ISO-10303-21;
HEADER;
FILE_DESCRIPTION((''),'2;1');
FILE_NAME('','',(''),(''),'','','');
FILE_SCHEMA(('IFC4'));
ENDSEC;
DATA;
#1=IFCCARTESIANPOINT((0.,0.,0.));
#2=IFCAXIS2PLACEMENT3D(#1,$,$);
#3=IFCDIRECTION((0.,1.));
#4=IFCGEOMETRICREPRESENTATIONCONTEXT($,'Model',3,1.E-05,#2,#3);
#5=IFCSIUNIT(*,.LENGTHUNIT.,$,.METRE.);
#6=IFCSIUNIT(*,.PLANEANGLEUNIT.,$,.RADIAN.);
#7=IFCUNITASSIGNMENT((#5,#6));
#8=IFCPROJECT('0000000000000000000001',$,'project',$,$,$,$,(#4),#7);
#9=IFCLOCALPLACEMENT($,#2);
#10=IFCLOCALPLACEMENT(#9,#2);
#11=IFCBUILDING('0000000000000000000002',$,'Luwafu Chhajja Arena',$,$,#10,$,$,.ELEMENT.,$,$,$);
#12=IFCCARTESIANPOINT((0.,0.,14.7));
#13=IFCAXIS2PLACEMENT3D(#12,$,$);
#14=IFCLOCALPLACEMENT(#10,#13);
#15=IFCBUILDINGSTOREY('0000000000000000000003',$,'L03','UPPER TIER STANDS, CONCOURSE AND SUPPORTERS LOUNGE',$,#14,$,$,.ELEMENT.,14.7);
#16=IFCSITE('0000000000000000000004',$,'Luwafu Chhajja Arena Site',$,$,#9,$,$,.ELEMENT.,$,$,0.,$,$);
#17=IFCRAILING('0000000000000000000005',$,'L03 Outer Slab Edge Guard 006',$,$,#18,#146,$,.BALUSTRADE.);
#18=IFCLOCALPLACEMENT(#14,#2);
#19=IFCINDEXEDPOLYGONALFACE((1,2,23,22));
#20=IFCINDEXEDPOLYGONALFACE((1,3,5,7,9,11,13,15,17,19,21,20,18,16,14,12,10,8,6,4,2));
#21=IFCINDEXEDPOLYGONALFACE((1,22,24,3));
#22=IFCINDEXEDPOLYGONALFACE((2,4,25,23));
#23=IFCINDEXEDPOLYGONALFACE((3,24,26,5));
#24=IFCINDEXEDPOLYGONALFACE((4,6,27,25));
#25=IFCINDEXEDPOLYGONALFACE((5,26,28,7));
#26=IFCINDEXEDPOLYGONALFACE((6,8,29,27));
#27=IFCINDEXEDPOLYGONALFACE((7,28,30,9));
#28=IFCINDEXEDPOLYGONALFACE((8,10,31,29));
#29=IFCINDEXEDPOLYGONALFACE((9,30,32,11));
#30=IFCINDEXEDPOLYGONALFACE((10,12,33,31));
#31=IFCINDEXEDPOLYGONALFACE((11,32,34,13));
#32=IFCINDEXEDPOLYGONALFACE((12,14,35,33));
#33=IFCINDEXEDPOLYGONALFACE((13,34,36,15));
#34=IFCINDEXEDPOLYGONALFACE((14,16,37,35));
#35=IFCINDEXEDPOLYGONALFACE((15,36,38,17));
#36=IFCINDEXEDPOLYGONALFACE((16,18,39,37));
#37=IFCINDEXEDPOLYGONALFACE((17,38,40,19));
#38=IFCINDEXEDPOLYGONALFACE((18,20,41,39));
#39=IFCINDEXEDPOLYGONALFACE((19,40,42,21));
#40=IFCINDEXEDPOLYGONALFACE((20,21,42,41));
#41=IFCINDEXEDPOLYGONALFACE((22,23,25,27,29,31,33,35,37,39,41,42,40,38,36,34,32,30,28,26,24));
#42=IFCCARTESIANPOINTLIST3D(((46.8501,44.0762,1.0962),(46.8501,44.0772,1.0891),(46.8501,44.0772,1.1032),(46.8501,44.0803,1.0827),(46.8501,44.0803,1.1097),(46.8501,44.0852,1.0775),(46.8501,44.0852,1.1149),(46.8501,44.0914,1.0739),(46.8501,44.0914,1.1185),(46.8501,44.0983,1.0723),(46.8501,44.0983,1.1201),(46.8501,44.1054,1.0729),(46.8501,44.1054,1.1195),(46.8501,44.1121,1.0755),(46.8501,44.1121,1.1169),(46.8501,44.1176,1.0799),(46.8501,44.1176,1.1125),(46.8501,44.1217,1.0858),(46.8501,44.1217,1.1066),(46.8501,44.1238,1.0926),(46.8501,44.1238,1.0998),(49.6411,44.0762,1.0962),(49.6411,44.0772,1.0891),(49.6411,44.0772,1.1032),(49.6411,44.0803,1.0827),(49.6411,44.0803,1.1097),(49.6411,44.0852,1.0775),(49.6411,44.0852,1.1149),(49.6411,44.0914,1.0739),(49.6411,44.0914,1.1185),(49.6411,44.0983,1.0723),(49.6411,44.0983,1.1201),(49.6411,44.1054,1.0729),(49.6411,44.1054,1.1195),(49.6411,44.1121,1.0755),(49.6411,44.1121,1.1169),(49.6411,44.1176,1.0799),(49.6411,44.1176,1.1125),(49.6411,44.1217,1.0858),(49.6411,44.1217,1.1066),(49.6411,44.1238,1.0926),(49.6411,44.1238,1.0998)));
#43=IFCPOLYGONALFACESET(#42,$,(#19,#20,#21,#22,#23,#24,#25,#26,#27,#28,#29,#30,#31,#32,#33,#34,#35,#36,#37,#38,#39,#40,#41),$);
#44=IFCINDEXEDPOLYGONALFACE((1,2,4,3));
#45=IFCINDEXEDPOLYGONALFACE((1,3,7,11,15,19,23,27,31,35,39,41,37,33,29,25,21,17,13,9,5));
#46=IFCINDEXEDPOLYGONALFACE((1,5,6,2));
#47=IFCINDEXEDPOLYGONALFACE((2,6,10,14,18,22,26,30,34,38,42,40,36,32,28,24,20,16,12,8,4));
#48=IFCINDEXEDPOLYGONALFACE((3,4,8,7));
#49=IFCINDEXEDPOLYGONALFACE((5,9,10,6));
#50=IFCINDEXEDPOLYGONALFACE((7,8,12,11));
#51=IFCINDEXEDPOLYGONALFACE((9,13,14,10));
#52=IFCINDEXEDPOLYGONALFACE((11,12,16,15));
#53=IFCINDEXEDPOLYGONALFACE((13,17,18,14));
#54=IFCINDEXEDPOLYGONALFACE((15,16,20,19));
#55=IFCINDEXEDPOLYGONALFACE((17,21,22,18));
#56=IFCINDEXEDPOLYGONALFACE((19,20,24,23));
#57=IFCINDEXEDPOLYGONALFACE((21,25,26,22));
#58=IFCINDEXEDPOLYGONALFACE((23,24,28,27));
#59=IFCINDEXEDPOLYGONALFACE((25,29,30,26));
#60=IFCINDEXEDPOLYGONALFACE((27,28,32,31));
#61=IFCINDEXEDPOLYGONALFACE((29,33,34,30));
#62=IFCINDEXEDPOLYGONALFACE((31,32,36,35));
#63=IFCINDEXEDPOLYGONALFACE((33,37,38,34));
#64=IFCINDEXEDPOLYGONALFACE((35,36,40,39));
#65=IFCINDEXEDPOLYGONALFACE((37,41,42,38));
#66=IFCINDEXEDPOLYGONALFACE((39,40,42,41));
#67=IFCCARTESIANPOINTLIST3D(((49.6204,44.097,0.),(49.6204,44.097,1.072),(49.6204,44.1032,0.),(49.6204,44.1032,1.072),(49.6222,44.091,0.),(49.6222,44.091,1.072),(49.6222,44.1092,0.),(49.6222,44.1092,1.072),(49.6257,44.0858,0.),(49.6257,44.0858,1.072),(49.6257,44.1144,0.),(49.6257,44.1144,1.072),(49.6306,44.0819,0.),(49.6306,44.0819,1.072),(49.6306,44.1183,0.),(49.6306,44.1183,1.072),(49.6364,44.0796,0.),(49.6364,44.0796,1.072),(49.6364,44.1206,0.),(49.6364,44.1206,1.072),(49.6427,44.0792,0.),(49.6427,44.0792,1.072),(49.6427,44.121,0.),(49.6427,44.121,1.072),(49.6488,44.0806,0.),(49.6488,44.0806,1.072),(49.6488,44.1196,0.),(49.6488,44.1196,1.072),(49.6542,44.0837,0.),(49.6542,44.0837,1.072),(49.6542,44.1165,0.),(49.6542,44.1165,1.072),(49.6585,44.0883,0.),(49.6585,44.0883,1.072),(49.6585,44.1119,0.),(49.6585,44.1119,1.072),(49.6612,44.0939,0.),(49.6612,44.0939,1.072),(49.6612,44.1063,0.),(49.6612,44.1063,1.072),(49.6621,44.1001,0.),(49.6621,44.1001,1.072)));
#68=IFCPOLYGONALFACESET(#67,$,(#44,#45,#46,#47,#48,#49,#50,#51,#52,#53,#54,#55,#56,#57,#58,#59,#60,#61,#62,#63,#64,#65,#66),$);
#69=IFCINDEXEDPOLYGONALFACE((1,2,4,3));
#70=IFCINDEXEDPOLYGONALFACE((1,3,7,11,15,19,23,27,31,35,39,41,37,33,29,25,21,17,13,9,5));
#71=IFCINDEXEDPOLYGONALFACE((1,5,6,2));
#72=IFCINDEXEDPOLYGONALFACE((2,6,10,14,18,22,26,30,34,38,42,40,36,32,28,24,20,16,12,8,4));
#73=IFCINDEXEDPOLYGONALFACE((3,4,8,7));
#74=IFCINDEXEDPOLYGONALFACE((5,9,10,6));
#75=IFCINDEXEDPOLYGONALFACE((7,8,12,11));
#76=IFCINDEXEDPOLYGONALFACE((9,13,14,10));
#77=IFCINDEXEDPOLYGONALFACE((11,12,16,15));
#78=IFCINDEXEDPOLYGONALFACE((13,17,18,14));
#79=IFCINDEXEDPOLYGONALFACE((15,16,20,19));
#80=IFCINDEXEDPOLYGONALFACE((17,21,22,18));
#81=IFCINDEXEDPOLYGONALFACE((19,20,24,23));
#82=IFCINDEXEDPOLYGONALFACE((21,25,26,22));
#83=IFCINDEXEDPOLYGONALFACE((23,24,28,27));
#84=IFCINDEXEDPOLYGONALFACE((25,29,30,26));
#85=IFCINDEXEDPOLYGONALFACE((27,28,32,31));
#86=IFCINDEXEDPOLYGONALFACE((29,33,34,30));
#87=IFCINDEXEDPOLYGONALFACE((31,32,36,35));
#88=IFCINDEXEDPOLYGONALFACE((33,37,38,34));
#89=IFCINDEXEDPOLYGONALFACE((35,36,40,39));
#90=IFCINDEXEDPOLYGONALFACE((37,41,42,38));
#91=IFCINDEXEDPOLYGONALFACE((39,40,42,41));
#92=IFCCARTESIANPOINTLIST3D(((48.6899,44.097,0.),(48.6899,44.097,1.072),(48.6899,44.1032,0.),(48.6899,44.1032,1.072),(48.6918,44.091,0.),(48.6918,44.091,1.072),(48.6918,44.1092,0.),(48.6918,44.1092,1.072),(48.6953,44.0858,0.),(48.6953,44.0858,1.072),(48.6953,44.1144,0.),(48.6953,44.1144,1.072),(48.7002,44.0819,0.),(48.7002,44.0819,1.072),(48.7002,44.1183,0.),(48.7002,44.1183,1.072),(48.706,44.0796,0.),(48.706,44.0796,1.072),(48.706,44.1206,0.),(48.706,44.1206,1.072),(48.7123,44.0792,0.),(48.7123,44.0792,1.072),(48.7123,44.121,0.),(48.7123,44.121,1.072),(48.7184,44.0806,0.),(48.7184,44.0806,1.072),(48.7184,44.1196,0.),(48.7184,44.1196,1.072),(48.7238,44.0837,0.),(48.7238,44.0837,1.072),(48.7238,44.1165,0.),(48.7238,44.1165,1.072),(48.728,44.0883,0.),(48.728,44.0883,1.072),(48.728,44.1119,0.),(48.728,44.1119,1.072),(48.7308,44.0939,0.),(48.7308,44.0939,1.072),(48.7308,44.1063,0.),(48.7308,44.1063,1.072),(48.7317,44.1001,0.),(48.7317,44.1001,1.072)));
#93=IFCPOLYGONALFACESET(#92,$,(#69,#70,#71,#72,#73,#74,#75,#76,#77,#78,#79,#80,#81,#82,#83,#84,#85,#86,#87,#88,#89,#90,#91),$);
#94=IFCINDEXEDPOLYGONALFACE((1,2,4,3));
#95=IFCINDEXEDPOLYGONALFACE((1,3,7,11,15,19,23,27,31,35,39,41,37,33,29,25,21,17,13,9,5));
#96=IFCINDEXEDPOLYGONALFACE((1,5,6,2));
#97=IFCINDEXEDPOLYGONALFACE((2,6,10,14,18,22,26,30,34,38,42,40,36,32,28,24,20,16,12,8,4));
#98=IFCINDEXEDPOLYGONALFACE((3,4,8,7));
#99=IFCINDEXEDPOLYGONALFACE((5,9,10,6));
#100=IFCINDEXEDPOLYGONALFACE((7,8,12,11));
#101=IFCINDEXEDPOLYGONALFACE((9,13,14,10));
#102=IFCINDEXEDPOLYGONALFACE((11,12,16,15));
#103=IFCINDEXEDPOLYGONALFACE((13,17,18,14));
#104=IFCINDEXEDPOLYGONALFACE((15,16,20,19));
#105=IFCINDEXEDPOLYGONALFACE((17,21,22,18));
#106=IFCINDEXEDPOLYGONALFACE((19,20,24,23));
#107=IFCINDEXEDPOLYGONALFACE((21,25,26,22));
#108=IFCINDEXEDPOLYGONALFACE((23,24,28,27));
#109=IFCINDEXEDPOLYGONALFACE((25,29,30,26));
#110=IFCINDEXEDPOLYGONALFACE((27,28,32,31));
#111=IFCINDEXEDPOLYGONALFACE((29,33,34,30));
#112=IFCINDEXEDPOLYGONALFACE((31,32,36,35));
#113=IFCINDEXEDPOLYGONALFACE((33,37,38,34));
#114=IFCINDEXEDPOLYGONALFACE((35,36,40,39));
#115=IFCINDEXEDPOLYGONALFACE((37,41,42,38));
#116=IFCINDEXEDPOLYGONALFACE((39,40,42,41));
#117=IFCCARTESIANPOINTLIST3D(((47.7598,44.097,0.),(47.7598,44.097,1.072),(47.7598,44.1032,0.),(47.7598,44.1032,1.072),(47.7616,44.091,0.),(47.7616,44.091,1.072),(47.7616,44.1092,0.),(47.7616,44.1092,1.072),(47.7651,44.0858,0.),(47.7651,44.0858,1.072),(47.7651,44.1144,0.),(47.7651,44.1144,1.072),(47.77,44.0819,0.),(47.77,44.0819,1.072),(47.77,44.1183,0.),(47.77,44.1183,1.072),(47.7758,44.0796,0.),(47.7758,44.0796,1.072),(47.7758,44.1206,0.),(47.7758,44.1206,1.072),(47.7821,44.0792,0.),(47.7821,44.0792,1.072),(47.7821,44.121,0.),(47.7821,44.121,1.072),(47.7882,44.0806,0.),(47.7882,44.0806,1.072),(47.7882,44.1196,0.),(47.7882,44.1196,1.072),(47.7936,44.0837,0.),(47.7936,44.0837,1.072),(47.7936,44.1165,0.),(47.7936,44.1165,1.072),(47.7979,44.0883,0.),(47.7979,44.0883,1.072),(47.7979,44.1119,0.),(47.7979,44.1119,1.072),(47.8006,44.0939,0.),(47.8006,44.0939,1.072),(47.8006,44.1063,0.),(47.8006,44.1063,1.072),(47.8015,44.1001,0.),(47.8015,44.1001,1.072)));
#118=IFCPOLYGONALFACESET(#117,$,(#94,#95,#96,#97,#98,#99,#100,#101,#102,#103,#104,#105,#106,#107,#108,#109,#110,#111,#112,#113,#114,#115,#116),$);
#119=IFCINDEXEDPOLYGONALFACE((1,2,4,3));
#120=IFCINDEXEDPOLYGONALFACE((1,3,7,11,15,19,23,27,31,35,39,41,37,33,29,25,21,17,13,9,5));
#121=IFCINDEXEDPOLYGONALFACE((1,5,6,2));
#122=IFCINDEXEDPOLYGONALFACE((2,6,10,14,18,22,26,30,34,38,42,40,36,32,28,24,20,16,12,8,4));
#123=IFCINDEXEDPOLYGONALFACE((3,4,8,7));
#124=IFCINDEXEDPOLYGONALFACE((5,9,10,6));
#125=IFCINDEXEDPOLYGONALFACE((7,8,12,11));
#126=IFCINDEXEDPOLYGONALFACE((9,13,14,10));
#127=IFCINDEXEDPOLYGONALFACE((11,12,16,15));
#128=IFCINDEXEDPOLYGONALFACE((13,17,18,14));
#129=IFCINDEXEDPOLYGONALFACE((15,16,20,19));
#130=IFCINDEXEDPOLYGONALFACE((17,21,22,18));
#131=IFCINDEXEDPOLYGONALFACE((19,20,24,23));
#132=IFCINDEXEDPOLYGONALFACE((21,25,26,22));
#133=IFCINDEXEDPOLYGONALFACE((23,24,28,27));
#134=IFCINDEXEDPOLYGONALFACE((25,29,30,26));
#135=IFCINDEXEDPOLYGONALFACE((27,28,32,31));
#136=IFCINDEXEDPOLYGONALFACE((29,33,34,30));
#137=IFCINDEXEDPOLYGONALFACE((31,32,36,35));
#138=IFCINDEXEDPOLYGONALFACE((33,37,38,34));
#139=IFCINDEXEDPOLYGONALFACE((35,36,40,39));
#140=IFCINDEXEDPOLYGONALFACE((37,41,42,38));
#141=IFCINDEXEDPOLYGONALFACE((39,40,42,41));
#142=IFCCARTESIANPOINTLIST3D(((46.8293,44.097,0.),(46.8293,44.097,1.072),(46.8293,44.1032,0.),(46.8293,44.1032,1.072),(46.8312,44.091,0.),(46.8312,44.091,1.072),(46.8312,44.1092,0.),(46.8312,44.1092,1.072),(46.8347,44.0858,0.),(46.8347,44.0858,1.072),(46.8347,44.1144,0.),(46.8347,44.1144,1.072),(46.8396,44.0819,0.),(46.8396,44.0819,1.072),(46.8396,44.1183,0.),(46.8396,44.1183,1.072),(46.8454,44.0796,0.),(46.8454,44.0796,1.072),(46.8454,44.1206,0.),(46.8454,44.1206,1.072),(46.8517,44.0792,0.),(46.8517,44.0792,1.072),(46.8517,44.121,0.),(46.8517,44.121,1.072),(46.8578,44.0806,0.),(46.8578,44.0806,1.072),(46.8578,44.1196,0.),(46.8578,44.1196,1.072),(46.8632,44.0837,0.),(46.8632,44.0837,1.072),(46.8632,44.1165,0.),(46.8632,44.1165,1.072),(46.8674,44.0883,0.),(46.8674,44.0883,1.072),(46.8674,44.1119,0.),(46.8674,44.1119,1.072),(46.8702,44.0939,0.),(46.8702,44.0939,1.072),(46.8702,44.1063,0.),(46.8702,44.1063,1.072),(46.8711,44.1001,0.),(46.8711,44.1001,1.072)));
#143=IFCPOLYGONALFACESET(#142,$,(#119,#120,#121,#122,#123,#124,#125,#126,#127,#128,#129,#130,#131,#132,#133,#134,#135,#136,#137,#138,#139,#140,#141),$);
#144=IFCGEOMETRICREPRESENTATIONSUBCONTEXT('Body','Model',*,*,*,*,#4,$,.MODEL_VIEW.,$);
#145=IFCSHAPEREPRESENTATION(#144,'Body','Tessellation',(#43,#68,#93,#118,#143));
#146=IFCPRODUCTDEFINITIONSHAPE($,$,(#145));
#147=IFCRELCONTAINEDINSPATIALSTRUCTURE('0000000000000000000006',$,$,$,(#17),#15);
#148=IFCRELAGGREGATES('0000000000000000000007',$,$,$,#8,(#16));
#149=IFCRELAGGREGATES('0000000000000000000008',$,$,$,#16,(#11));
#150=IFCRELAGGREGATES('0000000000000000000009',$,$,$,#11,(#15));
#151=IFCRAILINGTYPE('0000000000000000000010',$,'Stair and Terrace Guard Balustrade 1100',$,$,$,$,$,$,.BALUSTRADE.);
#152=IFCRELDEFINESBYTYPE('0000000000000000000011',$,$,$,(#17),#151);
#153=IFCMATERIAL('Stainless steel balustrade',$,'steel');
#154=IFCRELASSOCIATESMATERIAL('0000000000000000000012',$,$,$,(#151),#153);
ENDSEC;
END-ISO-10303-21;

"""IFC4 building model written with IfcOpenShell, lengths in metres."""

from ifc_helpers import new_model, si_unit, direction, frame, origin, origin_2d, place, context, subcontext, project, spatial, circle, extrude, material, type_object, element, save


model = new_model("IFC4")

# Units and contexts
model_context = context("Model", 3, precision=1e-05, world=origin(), true_north=direction((0.0, 1.0)))
body_context = subcontext(model_context, "Body", "Model", "MODEL_VIEW")
ifc_project = project(units=[si_unit("LENGTHUNIT", "METRE"), si_unit("PLANEANGLEUNIT", "RADIAN")], contexts=[model_context])

# Site, building, storey
site_placement = place(None, origin())
site = spatial("IfcSite", under=ifc_project, at=site_placement, Name="Luwafu Chhajja Arena Site", CompositionType="ELEMENT", RefElevation=0.0)
building_placement = place(site_placement, origin())
building = spatial("IfcBuilding", under=site, at=building_placement, Name="Luwafu Chhajja Arena", CompositionType="ELEMENT")
storey_placement = place(building_placement, frame((0.0, 0.0, 14.7)))
storey = spatial("IfcBuildingStorey", under=building, at=storey_placement, Name="L03", Description="UPPER TIER STANDS, CONCOURSE AND SUPPORTERS LOUNGE", CompositionType="ELEMENT", Elevation=14.7)

# Railing
ifc_material_1 = material(Name="Stainless steel balustrade", Category="steel")
railing_type = type_object("IfcRailingType", Name="Stair and Terrace Guard Balustrade 1100", PredefinedType="BALUSTRADE", material=ifc_material_1)
railing_1_placement = place(storey_placement, frame((49.6411, 44.1001, 0.0)))
element("IfcRailing", 1, at=railing_1_placement, inside=storey, type_object=railing_type, Name="L03 Outer Slab Edge Guard 006", PredefinedType="BALUSTRADE", context=body_context, shape_type="SweptSolid", body=[
    extrude(circle(Radius=0.0239, at=origin_2d()), frame((0.0, 0.0, 1.0962), z_axis=(-1.0, 0.0, 0.0), x_axis=(0.0, -1.0, 0.0)), (0.0, 0.0, 1.0), 2.791),
    extrude(circle(Radius=0.021, at=origin_2d()), origin(), (0.0, 0.0, 1.0), 1.072),
    extrude(circle(Radius=0.021, at=origin_2d()), frame((-0.9304, 0.0, 0.0)), (0.0, 0.0, 1.0), 1.072),
    extrude(circle(Radius=0.021, at=origin_2d()), frame((-1.8606, 0.0, 0.0)), (0.0, 0.0, 1.0), 1.072),
    extrude(circle(Radius=0.021, at=origin_2d()), frame((-2.791, 0.0, 0.0)), (0.0, 0.0, 1.0), 1.072),
])

save(model, "model.ifc")
